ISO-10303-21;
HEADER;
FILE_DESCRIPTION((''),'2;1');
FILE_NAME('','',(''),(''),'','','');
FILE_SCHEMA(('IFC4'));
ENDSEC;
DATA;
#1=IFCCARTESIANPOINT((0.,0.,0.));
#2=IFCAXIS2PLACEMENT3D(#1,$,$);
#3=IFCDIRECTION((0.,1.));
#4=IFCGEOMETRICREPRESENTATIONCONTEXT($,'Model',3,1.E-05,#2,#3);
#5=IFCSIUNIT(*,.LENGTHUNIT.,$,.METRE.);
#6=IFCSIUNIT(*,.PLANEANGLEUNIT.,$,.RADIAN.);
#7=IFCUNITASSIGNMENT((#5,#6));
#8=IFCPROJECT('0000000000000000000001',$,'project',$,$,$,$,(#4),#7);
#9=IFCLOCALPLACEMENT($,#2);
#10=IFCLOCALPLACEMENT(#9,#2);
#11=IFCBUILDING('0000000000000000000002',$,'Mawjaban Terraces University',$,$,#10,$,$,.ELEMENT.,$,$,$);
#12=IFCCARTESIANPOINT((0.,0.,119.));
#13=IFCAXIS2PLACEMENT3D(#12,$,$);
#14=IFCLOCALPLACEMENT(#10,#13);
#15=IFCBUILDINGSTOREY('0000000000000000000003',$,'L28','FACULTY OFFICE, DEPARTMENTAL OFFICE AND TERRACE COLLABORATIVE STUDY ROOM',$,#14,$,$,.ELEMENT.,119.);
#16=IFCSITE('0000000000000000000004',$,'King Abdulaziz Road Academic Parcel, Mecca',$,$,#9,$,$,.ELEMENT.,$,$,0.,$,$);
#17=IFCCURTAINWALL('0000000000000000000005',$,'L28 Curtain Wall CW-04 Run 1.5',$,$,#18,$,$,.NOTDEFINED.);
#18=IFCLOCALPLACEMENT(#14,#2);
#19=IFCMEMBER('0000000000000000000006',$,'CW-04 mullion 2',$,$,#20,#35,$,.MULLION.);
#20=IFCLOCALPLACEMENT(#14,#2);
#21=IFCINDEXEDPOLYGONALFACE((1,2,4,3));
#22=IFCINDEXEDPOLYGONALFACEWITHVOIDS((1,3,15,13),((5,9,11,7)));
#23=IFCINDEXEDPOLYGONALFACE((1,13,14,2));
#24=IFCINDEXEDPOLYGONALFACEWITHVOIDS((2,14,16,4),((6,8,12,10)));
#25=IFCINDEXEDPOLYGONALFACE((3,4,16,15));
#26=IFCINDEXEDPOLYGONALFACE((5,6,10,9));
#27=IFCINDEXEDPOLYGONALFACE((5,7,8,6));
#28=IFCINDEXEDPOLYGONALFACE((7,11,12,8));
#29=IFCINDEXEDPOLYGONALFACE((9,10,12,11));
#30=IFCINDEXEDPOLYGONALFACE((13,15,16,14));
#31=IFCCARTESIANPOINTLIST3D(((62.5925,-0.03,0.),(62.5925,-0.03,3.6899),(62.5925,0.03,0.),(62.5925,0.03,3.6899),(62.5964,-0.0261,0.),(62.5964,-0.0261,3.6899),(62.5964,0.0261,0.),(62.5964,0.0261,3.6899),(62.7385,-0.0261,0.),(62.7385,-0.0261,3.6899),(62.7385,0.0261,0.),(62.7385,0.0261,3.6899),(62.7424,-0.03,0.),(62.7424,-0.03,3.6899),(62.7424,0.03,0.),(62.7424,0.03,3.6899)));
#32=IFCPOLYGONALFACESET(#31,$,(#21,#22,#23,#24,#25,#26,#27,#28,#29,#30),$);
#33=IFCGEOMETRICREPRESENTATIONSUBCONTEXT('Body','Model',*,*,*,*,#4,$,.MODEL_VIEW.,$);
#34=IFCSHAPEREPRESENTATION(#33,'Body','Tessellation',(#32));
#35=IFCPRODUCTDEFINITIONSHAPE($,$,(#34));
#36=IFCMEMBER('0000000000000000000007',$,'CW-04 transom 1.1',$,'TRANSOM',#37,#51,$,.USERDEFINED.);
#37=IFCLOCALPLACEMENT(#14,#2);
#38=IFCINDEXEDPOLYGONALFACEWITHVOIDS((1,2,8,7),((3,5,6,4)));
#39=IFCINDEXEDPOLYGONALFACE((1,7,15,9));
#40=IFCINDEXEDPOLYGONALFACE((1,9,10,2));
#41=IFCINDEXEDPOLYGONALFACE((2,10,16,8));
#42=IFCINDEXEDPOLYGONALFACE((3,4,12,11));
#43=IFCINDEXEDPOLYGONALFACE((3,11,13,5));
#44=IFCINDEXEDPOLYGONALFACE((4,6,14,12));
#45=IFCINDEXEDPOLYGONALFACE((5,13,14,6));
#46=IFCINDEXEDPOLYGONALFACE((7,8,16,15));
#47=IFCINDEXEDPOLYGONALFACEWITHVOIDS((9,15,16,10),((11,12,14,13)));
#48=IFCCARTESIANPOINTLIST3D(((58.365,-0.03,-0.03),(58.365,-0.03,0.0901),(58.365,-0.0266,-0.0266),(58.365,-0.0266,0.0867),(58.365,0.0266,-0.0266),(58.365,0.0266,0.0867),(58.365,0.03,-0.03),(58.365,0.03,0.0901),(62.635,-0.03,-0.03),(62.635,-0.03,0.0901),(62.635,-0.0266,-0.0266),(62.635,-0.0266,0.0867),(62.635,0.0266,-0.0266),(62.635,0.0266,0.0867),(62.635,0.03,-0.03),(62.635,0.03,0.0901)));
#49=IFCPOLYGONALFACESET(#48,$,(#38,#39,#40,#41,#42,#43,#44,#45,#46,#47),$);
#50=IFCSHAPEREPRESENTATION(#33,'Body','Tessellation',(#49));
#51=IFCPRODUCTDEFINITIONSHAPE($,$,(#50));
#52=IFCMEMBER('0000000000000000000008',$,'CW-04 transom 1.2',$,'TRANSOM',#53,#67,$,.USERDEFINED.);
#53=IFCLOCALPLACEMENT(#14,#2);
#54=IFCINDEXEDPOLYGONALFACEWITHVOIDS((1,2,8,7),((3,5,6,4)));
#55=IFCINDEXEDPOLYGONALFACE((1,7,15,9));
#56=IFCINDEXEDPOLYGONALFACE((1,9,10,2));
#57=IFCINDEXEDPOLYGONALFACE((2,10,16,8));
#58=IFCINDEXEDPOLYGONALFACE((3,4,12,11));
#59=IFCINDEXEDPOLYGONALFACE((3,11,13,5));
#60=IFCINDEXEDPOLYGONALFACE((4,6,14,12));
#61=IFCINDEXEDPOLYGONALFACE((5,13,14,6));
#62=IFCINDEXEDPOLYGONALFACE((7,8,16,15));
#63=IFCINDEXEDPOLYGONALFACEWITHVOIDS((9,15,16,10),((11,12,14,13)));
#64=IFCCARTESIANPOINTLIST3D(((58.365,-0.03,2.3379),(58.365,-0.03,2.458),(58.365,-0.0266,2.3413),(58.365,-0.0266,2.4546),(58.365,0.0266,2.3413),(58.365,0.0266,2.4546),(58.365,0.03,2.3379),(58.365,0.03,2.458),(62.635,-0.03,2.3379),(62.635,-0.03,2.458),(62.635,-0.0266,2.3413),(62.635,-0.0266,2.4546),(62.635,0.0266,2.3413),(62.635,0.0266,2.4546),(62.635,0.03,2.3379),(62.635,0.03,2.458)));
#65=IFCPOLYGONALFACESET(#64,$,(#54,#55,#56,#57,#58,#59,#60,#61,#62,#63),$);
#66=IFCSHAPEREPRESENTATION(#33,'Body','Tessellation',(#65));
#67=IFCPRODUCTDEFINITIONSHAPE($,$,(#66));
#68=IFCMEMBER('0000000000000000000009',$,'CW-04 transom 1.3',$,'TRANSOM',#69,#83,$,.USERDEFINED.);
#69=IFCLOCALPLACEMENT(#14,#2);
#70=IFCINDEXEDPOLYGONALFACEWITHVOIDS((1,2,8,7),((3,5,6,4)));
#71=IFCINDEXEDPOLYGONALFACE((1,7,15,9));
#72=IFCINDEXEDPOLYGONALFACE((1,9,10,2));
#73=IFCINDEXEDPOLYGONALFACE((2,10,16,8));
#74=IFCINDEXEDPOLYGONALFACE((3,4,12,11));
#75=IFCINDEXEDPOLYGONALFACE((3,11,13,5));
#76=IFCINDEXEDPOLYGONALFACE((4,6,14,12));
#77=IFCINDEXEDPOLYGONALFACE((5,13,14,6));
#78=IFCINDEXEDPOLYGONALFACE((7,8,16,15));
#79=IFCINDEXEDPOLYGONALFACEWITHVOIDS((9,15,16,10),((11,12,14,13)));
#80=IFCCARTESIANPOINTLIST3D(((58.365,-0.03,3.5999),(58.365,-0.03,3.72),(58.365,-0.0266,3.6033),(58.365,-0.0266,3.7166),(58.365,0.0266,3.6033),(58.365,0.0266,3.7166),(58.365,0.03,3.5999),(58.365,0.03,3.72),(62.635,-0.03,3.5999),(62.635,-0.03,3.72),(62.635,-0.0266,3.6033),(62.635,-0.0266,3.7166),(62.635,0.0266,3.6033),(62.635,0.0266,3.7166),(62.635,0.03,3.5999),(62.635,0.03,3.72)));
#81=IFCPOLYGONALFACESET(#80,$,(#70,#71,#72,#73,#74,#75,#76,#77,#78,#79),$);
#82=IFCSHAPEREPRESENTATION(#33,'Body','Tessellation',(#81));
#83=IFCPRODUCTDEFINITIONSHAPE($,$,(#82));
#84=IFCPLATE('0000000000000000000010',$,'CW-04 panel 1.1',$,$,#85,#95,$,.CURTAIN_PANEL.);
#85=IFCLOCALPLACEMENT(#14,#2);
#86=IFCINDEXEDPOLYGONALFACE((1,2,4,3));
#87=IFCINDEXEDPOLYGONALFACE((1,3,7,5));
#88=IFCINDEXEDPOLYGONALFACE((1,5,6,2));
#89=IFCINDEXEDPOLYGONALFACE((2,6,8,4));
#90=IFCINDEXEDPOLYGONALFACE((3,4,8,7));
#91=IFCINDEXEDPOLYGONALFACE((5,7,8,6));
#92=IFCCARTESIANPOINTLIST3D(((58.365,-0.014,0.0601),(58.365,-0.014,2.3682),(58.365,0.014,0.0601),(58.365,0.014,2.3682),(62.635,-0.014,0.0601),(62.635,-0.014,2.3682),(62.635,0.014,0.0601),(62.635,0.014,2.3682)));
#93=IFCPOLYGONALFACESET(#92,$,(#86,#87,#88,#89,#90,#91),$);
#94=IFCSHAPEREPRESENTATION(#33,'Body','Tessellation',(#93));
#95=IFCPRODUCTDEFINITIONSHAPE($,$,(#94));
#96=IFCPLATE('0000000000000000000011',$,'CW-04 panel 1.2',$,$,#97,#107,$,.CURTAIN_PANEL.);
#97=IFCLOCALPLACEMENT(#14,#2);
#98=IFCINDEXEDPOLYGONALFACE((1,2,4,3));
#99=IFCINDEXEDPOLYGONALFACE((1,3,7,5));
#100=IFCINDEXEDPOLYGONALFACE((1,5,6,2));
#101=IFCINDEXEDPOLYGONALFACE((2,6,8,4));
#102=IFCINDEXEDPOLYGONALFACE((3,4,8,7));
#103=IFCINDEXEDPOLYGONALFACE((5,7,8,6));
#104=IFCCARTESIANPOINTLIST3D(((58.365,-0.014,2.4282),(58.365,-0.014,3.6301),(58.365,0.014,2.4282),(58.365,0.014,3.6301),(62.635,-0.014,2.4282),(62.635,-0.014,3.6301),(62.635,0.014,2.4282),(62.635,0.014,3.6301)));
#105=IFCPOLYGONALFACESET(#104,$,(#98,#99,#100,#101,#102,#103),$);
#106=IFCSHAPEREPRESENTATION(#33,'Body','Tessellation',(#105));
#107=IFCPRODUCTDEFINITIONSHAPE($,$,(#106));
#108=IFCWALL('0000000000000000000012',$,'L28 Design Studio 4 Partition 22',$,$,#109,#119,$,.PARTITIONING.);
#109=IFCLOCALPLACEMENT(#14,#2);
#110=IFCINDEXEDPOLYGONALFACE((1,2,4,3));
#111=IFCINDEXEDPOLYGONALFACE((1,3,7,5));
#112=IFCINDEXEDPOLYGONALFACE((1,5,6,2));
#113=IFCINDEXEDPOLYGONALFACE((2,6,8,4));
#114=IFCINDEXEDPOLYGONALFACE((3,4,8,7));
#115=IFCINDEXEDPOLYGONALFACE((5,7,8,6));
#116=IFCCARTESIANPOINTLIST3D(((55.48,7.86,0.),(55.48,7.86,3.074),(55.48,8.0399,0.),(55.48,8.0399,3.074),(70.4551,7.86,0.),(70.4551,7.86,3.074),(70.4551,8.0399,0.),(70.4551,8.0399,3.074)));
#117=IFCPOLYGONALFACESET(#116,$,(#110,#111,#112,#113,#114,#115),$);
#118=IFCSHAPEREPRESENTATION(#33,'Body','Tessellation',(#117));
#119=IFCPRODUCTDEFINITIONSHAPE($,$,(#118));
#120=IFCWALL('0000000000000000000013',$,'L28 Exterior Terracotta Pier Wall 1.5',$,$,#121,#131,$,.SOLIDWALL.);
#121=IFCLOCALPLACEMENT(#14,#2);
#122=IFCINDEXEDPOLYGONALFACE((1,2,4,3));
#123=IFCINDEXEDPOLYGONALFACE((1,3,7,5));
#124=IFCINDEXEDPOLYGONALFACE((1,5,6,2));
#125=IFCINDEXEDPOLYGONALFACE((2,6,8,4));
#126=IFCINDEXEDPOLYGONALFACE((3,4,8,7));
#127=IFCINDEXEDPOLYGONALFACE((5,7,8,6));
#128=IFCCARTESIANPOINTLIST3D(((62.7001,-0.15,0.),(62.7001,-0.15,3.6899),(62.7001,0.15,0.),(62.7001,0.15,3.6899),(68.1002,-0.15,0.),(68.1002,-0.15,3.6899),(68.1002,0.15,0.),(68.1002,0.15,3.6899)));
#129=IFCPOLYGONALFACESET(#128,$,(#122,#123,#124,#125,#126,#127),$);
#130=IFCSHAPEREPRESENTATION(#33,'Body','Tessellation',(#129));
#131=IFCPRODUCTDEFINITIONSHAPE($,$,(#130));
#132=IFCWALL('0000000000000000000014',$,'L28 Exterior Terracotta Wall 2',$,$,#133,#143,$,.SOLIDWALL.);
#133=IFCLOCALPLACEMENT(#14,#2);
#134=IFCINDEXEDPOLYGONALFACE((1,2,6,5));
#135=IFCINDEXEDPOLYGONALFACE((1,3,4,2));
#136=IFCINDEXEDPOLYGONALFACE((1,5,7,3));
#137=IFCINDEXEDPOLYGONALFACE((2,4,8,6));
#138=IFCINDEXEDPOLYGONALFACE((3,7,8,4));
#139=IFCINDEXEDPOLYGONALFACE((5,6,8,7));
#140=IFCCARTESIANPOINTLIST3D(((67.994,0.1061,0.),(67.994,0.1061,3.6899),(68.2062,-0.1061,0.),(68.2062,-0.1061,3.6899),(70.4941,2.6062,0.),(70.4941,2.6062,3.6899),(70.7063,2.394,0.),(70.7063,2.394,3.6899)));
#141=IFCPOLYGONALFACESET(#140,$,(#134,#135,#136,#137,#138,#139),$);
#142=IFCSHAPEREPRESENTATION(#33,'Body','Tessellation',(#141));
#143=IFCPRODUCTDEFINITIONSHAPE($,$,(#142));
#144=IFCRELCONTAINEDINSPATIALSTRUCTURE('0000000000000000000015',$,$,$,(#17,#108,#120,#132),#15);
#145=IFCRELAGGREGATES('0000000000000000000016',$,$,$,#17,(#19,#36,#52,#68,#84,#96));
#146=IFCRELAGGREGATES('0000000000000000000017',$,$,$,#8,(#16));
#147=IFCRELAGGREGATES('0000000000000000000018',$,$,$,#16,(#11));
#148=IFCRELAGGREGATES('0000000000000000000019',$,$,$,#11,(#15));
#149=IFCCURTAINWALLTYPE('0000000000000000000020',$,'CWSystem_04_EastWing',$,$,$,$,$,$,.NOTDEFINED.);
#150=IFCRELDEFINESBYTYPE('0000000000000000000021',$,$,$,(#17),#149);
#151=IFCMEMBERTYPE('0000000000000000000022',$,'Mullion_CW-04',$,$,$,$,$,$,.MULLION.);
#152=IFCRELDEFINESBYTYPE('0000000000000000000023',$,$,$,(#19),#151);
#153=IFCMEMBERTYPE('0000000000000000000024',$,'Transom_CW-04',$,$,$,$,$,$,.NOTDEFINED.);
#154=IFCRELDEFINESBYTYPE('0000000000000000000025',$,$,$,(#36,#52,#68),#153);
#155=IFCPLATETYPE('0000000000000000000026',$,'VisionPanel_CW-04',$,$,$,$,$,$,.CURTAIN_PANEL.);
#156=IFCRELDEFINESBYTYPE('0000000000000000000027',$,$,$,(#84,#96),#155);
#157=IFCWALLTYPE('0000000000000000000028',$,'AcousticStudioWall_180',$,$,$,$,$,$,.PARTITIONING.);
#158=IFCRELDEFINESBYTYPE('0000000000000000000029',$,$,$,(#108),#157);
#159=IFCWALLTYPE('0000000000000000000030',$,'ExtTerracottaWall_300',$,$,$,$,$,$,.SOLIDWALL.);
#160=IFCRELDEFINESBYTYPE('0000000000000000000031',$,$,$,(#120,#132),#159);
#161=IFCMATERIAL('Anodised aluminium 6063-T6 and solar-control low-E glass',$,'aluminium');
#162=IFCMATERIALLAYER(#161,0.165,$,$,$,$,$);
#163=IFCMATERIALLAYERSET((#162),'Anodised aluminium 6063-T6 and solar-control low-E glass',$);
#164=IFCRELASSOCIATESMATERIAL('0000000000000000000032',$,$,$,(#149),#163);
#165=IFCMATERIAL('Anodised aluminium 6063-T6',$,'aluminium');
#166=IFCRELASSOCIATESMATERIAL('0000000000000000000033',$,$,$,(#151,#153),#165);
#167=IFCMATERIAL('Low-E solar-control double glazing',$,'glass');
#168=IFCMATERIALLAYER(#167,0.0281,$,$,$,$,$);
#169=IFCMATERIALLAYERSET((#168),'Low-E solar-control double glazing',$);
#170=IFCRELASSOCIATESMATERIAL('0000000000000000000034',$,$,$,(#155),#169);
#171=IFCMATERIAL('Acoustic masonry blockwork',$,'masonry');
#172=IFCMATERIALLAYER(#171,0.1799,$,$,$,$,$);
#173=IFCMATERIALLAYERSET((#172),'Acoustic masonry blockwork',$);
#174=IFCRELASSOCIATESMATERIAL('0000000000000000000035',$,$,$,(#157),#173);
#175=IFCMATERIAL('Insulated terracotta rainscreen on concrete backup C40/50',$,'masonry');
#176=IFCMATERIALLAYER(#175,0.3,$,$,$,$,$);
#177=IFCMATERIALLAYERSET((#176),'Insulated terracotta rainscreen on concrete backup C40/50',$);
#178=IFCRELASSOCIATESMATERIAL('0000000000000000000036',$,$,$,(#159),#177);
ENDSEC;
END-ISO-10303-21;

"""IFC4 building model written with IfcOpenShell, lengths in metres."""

from ifc_helpers import new_model, si_unit, direction, frame, frame_2d, origin, origin_2d, place, context, subcontext, project, spatial, rectangle, hollow_rectangle, extrude, material, layer, layer_set, material_profile, profile_set, type_object, element, aggregate, save


model = new_model("IFC4")

# Units and contexts
model_context = context("Model", 3, precision=1e-05, world=origin(), true_north=direction((0.0, 1.0)))
body_context = subcontext(model_context, "Body", "Model", "MODEL_VIEW")
ifc_project = project(units=[si_unit("LENGTHUNIT", "METRE"), si_unit("PLANEANGLEUNIT", "RADIAN")], contexts=[model_context])

# Site, building, storey
site_placement = place(None, origin())
site = spatial("IfcSite", under=ifc_project, at=site_placement, Name="King Abdulaziz Road Academic Parcel, Mecca", CompositionType="ELEMENT", RefElevation=0.0)
building_placement = place(site_placement, origin())
building = spatial("IfcBuilding", under=site, at=building_placement, Name="Mawjaban Terraces University", CompositionType="ELEMENT")
storey_placement = place(building_placement, frame((0.0, 0.0, 119.0)))
storey = spatial("IfcBuildingStorey", under=building, at=storey_placement, Name="L28", Description="FACULTY OFFICE, DEPARTMENTAL OFFICE AND TERRACE COLLABORATIVE STUDY ROOM", CompositionType="ELEMENT", Elevation=119.0)

# Curtain wall, members, plates
ifc_material_1 = material(Name="Anodised aluminium 6063-T6 and solar-control low-E glass", Category="aluminium")
ifc_layer_1 = layer(ifc_material_1, 0.165)
ifc_layer_set_1 = layer_set([ifc_layer_1], Name="Anodised aluminium 6063-T6 and solar-control low-E glass")
curtain_wall_type = type_object("IfcCurtainWallType", Name="CWSystem_04_EastWing", PredefinedType="NOTDEFINED", material=ifc_layer_set_1)
curtain_wall_placement = place(storey_placement, origin())
curtain_wall = element("IfcCurtainWall", 1, at=curtain_wall_placement, inside=storey, type_object=curtain_wall_type, Name="L28 Curtain Wall CW-04 Run 1.5", PredefinedType="NOTDEFINED")
ifc_material_2 = material(Name="Anodised aluminium 6063-T6", Category="aluminium")
ifc_material_profile_1 = material_profile(ifc_material_2, hollow_rectangle(XDim=0.0601, YDim=0.1499, WallThickness=0.0039, at=origin_2d()), Name="ALU150X60X4")
ifc_profile_set_1 = profile_set([ifc_material_profile_1], Name="Anodised aluminium 6063-T6")
member_type_1 = type_object("IfcMemberType", Name="Mullion_CW-04", PredefinedType="MULLION", material=ifc_profile_set_1)
member_1_placement = place(storey_placement, frame((62.6675, 0.0, 0.0), z_axis=(0.0, 0.0, 1.0), x_axis=(0.0, 1.0, 0.0)))
member_1 = element("IfcMember", 2, at=member_1_placement, type_object=member_type_1, Name="CW-04 mullion 2", PredefinedType="MULLION", context=body_context, shape_type="SweptSolid", body=[
    extrude(hollow_rectangle(XDim=0.0601, YDim=0.1499, WallThickness=0.0039, at=origin_2d()), origin(), (0.0, 0.0, 1.0), 3.6899),
])
ifc_material_profile_2 = material_profile(ifc_material_2, hollow_rectangle(XDim=0.0601, YDim=0.1201, WallThickness=0.0034, at=origin_2d()), Name="ALU120X60X3.5")
ifc_profile_set_2 = profile_set([ifc_material_profile_2], Name="Anodised aluminium 6063-T6")
member_type_2 = type_object("IfcMemberType", Name="Transom_CW-04", PredefinedType="NOTDEFINED", material=ifc_profile_set_2)
member_2_placement = place(storey_placement, frame((58.365, 0.0, 0.03), z_axis=(1.0, 0.0, 0.0), x_axis=(0.0, 1.0, 0.0)))
member_2 = element("IfcMember", 3, at=member_2_placement, type_object=member_type_2, Name="CW-04 transom 1.1", ObjectType="TRANSOM", PredefinedType="USERDEFINED", context=body_context, shape_type="SweptSolid", body=[
    extrude(hollow_rectangle(XDim=0.0601, YDim=0.1201, WallThickness=0.0034, at=origin_2d()), origin(), (0.0, 0.0, 1.0), 4.27),
])
member_3_placement = place(storey_placement, frame((58.365, 0.0, 2.3979), z_axis=(1.0, 0.0, 0.0), x_axis=(0.0, 1.0, 0.0)))
member_3 = element("IfcMember", 4, at=member_3_placement, type_object=member_type_2, Name="CW-04 transom 1.2", ObjectType="TRANSOM", PredefinedType="USERDEFINED", context=body_context, shape_type="SweptSolid", body=[
    extrude(hollow_rectangle(XDim=0.0601, YDim=0.1201, WallThickness=0.0034, at=origin_2d()), origin(), (0.0, 0.0, 1.0), 4.27),
])
member_4_placement = place(storey_placement, frame((58.365, 0.0, 3.6599), z_axis=(1.0, 0.0, 0.0), x_axis=(0.0, 1.0, 0.0)))
member_4 = element("IfcMember", 5, at=member_4_placement, type_object=member_type_2, Name="CW-04 transom 1.3", ObjectType="TRANSOM", PredefinedType="USERDEFINED", context=body_context, shape_type="SweptSolid", body=[
    extrude(hollow_rectangle(XDim=0.0601, YDim=0.1201, WallThickness=0.0034, at=origin_2d()), origin(), (0.0, 0.0, 1.0), 4.27),
])
ifc_material_3 = material(Name="Low-E solar-control double glazing", Category="glass")
ifc_layer_2 = layer(ifc_material_3, 0.0281)
ifc_layer_set_2 = layer_set([ifc_layer_2], Name="Low-E solar-control double glazing")
plate_type = type_object("IfcPlateType", Name="VisionPanel_CW-04", PredefinedType="CURTAIN_PANEL", material=ifc_layer_set_2)
plate_1_placement = place(storey_placement, frame((60.5, 0.0, 0.0601), z_axis=(0.0, 0.0, 1.0), x_axis=(1.0, 0.0, 0.0)))
plate_1 = element("IfcPlate", 6, at=plate_1_placement, type_object=plate_type, Name="CW-04 panel 1.1", PredefinedType="CURTAIN_PANEL", context=body_context, shape_type="SweptSolid", body=[
    extrude(rectangle(XDim=4.27, YDim=0.0281, at=origin_2d()), origin(), (0.0, 0.0, 1.0), 2.3081),
])
plate_2_placement = place(storey_placement, frame((60.5, 0.0, 2.4282), z_axis=(0.0, 0.0, 1.0), x_axis=(1.0, 0.0, 0.0)))
plate_2 = element("IfcPlate", 7, at=plate_2_placement, type_object=plate_type, Name="CW-04 panel 1.2", PredefinedType="CURTAIN_PANEL", context=body_context, shape_type="SweptSolid", body=[
    extrude(rectangle(XDim=4.27, YDim=0.0281, at=origin_2d()), origin(), (0.0, 0.0, 1.0), 1.2019),
])
aggregate(curtain_wall, [member_1, member_2, member_3, member_4, plate_1, plate_2])

# Walls
ifc_material_4 = material(Name="Acoustic masonry blockwork", Category="masonry")
ifc_layer_3 = layer(ifc_material_4, 0.1799)
ifc_layer_set_3 = layer_set([ifc_layer_3], Name="Acoustic masonry blockwork")
wall_type_1 = type_object("IfcWallType", Name="AcousticStudioWall_180", PredefinedType="PARTITIONING", material=ifc_layer_set_3)
wall_1_placement = place(storey_placement, frame((70.4551, 7.95, 0.0), z_axis=(0.0, 0.0, 1.0), x_axis=(-1.0, 0.0, 0.0)))
element("IfcWall", 8, at=wall_1_placement, inside=storey, type_object=wall_type_1, Name="L28 Design Studio 4 Partition 22", PredefinedType="PARTITIONING", context=body_context, shape_type="SweptSolid", body=[
    extrude(rectangle(XDim=14.9751, YDim=0.1799, at=frame_2d((7.4875, 0.0))), origin(), (0.0, 0.0, 1.0), 3.074),
])
ifc_material_5 = material(Name="Insulated terracotta rainscreen on concrete backup C40/50", Category="masonry")
ifc_layer_4 = layer(ifc_material_5, 0.3)
ifc_layer_set_4 = layer_set([ifc_layer_4], Name="Insulated terracotta rainscreen on concrete backup C40/50")
wall_type_2 = type_object("IfcWallType", Name="ExtTerracottaWall_300", PredefinedType="SOLIDWALL", material=ifc_layer_set_4)
wall_2_placement = place(storey_placement, frame((62.7, 0.0, 0.0), z_axis=(0.0, 0.0, 1.0), x_axis=(1.0, 0.0, 0.0)))
element("IfcWall", 9, at=wall_2_placement, inside=storey, type_object=wall_type_2, Name="L28 Exterior Terracotta Pier Wall 1.5", PredefinedType="SOLIDWALL", context=body_context, shape_type="SweptSolid", body=[
    extrude(rectangle(XDim=5.4001, YDim=0.3, at=frame_2d((2.7002, 0.0))), origin(), (0.0, 0.0, 1.0), 3.6899),
])
wall_3_placement = place(storey_placement, frame((68.1001, 0.0, 0.0), z_axis=(0.0, 0.0, 1.0), x_axis=(0.707107, 0.707107, 0.0)))
element("IfcWall", 10, at=wall_3_placement, inside=storey, type_object=wall_type_2, Name="L28 Exterior Terracotta Wall 2", PredefinedType="SOLIDWALL", context=body_context, shape_type="SweptSolid", body=[
    extrude(rectangle(XDim=3.5356, YDim=0.3, at=frame_2d((1.7678, 0.0))), origin(), (0.0, 0.0, 1.0), 3.6899),
])

save(model, "model.ifc")
